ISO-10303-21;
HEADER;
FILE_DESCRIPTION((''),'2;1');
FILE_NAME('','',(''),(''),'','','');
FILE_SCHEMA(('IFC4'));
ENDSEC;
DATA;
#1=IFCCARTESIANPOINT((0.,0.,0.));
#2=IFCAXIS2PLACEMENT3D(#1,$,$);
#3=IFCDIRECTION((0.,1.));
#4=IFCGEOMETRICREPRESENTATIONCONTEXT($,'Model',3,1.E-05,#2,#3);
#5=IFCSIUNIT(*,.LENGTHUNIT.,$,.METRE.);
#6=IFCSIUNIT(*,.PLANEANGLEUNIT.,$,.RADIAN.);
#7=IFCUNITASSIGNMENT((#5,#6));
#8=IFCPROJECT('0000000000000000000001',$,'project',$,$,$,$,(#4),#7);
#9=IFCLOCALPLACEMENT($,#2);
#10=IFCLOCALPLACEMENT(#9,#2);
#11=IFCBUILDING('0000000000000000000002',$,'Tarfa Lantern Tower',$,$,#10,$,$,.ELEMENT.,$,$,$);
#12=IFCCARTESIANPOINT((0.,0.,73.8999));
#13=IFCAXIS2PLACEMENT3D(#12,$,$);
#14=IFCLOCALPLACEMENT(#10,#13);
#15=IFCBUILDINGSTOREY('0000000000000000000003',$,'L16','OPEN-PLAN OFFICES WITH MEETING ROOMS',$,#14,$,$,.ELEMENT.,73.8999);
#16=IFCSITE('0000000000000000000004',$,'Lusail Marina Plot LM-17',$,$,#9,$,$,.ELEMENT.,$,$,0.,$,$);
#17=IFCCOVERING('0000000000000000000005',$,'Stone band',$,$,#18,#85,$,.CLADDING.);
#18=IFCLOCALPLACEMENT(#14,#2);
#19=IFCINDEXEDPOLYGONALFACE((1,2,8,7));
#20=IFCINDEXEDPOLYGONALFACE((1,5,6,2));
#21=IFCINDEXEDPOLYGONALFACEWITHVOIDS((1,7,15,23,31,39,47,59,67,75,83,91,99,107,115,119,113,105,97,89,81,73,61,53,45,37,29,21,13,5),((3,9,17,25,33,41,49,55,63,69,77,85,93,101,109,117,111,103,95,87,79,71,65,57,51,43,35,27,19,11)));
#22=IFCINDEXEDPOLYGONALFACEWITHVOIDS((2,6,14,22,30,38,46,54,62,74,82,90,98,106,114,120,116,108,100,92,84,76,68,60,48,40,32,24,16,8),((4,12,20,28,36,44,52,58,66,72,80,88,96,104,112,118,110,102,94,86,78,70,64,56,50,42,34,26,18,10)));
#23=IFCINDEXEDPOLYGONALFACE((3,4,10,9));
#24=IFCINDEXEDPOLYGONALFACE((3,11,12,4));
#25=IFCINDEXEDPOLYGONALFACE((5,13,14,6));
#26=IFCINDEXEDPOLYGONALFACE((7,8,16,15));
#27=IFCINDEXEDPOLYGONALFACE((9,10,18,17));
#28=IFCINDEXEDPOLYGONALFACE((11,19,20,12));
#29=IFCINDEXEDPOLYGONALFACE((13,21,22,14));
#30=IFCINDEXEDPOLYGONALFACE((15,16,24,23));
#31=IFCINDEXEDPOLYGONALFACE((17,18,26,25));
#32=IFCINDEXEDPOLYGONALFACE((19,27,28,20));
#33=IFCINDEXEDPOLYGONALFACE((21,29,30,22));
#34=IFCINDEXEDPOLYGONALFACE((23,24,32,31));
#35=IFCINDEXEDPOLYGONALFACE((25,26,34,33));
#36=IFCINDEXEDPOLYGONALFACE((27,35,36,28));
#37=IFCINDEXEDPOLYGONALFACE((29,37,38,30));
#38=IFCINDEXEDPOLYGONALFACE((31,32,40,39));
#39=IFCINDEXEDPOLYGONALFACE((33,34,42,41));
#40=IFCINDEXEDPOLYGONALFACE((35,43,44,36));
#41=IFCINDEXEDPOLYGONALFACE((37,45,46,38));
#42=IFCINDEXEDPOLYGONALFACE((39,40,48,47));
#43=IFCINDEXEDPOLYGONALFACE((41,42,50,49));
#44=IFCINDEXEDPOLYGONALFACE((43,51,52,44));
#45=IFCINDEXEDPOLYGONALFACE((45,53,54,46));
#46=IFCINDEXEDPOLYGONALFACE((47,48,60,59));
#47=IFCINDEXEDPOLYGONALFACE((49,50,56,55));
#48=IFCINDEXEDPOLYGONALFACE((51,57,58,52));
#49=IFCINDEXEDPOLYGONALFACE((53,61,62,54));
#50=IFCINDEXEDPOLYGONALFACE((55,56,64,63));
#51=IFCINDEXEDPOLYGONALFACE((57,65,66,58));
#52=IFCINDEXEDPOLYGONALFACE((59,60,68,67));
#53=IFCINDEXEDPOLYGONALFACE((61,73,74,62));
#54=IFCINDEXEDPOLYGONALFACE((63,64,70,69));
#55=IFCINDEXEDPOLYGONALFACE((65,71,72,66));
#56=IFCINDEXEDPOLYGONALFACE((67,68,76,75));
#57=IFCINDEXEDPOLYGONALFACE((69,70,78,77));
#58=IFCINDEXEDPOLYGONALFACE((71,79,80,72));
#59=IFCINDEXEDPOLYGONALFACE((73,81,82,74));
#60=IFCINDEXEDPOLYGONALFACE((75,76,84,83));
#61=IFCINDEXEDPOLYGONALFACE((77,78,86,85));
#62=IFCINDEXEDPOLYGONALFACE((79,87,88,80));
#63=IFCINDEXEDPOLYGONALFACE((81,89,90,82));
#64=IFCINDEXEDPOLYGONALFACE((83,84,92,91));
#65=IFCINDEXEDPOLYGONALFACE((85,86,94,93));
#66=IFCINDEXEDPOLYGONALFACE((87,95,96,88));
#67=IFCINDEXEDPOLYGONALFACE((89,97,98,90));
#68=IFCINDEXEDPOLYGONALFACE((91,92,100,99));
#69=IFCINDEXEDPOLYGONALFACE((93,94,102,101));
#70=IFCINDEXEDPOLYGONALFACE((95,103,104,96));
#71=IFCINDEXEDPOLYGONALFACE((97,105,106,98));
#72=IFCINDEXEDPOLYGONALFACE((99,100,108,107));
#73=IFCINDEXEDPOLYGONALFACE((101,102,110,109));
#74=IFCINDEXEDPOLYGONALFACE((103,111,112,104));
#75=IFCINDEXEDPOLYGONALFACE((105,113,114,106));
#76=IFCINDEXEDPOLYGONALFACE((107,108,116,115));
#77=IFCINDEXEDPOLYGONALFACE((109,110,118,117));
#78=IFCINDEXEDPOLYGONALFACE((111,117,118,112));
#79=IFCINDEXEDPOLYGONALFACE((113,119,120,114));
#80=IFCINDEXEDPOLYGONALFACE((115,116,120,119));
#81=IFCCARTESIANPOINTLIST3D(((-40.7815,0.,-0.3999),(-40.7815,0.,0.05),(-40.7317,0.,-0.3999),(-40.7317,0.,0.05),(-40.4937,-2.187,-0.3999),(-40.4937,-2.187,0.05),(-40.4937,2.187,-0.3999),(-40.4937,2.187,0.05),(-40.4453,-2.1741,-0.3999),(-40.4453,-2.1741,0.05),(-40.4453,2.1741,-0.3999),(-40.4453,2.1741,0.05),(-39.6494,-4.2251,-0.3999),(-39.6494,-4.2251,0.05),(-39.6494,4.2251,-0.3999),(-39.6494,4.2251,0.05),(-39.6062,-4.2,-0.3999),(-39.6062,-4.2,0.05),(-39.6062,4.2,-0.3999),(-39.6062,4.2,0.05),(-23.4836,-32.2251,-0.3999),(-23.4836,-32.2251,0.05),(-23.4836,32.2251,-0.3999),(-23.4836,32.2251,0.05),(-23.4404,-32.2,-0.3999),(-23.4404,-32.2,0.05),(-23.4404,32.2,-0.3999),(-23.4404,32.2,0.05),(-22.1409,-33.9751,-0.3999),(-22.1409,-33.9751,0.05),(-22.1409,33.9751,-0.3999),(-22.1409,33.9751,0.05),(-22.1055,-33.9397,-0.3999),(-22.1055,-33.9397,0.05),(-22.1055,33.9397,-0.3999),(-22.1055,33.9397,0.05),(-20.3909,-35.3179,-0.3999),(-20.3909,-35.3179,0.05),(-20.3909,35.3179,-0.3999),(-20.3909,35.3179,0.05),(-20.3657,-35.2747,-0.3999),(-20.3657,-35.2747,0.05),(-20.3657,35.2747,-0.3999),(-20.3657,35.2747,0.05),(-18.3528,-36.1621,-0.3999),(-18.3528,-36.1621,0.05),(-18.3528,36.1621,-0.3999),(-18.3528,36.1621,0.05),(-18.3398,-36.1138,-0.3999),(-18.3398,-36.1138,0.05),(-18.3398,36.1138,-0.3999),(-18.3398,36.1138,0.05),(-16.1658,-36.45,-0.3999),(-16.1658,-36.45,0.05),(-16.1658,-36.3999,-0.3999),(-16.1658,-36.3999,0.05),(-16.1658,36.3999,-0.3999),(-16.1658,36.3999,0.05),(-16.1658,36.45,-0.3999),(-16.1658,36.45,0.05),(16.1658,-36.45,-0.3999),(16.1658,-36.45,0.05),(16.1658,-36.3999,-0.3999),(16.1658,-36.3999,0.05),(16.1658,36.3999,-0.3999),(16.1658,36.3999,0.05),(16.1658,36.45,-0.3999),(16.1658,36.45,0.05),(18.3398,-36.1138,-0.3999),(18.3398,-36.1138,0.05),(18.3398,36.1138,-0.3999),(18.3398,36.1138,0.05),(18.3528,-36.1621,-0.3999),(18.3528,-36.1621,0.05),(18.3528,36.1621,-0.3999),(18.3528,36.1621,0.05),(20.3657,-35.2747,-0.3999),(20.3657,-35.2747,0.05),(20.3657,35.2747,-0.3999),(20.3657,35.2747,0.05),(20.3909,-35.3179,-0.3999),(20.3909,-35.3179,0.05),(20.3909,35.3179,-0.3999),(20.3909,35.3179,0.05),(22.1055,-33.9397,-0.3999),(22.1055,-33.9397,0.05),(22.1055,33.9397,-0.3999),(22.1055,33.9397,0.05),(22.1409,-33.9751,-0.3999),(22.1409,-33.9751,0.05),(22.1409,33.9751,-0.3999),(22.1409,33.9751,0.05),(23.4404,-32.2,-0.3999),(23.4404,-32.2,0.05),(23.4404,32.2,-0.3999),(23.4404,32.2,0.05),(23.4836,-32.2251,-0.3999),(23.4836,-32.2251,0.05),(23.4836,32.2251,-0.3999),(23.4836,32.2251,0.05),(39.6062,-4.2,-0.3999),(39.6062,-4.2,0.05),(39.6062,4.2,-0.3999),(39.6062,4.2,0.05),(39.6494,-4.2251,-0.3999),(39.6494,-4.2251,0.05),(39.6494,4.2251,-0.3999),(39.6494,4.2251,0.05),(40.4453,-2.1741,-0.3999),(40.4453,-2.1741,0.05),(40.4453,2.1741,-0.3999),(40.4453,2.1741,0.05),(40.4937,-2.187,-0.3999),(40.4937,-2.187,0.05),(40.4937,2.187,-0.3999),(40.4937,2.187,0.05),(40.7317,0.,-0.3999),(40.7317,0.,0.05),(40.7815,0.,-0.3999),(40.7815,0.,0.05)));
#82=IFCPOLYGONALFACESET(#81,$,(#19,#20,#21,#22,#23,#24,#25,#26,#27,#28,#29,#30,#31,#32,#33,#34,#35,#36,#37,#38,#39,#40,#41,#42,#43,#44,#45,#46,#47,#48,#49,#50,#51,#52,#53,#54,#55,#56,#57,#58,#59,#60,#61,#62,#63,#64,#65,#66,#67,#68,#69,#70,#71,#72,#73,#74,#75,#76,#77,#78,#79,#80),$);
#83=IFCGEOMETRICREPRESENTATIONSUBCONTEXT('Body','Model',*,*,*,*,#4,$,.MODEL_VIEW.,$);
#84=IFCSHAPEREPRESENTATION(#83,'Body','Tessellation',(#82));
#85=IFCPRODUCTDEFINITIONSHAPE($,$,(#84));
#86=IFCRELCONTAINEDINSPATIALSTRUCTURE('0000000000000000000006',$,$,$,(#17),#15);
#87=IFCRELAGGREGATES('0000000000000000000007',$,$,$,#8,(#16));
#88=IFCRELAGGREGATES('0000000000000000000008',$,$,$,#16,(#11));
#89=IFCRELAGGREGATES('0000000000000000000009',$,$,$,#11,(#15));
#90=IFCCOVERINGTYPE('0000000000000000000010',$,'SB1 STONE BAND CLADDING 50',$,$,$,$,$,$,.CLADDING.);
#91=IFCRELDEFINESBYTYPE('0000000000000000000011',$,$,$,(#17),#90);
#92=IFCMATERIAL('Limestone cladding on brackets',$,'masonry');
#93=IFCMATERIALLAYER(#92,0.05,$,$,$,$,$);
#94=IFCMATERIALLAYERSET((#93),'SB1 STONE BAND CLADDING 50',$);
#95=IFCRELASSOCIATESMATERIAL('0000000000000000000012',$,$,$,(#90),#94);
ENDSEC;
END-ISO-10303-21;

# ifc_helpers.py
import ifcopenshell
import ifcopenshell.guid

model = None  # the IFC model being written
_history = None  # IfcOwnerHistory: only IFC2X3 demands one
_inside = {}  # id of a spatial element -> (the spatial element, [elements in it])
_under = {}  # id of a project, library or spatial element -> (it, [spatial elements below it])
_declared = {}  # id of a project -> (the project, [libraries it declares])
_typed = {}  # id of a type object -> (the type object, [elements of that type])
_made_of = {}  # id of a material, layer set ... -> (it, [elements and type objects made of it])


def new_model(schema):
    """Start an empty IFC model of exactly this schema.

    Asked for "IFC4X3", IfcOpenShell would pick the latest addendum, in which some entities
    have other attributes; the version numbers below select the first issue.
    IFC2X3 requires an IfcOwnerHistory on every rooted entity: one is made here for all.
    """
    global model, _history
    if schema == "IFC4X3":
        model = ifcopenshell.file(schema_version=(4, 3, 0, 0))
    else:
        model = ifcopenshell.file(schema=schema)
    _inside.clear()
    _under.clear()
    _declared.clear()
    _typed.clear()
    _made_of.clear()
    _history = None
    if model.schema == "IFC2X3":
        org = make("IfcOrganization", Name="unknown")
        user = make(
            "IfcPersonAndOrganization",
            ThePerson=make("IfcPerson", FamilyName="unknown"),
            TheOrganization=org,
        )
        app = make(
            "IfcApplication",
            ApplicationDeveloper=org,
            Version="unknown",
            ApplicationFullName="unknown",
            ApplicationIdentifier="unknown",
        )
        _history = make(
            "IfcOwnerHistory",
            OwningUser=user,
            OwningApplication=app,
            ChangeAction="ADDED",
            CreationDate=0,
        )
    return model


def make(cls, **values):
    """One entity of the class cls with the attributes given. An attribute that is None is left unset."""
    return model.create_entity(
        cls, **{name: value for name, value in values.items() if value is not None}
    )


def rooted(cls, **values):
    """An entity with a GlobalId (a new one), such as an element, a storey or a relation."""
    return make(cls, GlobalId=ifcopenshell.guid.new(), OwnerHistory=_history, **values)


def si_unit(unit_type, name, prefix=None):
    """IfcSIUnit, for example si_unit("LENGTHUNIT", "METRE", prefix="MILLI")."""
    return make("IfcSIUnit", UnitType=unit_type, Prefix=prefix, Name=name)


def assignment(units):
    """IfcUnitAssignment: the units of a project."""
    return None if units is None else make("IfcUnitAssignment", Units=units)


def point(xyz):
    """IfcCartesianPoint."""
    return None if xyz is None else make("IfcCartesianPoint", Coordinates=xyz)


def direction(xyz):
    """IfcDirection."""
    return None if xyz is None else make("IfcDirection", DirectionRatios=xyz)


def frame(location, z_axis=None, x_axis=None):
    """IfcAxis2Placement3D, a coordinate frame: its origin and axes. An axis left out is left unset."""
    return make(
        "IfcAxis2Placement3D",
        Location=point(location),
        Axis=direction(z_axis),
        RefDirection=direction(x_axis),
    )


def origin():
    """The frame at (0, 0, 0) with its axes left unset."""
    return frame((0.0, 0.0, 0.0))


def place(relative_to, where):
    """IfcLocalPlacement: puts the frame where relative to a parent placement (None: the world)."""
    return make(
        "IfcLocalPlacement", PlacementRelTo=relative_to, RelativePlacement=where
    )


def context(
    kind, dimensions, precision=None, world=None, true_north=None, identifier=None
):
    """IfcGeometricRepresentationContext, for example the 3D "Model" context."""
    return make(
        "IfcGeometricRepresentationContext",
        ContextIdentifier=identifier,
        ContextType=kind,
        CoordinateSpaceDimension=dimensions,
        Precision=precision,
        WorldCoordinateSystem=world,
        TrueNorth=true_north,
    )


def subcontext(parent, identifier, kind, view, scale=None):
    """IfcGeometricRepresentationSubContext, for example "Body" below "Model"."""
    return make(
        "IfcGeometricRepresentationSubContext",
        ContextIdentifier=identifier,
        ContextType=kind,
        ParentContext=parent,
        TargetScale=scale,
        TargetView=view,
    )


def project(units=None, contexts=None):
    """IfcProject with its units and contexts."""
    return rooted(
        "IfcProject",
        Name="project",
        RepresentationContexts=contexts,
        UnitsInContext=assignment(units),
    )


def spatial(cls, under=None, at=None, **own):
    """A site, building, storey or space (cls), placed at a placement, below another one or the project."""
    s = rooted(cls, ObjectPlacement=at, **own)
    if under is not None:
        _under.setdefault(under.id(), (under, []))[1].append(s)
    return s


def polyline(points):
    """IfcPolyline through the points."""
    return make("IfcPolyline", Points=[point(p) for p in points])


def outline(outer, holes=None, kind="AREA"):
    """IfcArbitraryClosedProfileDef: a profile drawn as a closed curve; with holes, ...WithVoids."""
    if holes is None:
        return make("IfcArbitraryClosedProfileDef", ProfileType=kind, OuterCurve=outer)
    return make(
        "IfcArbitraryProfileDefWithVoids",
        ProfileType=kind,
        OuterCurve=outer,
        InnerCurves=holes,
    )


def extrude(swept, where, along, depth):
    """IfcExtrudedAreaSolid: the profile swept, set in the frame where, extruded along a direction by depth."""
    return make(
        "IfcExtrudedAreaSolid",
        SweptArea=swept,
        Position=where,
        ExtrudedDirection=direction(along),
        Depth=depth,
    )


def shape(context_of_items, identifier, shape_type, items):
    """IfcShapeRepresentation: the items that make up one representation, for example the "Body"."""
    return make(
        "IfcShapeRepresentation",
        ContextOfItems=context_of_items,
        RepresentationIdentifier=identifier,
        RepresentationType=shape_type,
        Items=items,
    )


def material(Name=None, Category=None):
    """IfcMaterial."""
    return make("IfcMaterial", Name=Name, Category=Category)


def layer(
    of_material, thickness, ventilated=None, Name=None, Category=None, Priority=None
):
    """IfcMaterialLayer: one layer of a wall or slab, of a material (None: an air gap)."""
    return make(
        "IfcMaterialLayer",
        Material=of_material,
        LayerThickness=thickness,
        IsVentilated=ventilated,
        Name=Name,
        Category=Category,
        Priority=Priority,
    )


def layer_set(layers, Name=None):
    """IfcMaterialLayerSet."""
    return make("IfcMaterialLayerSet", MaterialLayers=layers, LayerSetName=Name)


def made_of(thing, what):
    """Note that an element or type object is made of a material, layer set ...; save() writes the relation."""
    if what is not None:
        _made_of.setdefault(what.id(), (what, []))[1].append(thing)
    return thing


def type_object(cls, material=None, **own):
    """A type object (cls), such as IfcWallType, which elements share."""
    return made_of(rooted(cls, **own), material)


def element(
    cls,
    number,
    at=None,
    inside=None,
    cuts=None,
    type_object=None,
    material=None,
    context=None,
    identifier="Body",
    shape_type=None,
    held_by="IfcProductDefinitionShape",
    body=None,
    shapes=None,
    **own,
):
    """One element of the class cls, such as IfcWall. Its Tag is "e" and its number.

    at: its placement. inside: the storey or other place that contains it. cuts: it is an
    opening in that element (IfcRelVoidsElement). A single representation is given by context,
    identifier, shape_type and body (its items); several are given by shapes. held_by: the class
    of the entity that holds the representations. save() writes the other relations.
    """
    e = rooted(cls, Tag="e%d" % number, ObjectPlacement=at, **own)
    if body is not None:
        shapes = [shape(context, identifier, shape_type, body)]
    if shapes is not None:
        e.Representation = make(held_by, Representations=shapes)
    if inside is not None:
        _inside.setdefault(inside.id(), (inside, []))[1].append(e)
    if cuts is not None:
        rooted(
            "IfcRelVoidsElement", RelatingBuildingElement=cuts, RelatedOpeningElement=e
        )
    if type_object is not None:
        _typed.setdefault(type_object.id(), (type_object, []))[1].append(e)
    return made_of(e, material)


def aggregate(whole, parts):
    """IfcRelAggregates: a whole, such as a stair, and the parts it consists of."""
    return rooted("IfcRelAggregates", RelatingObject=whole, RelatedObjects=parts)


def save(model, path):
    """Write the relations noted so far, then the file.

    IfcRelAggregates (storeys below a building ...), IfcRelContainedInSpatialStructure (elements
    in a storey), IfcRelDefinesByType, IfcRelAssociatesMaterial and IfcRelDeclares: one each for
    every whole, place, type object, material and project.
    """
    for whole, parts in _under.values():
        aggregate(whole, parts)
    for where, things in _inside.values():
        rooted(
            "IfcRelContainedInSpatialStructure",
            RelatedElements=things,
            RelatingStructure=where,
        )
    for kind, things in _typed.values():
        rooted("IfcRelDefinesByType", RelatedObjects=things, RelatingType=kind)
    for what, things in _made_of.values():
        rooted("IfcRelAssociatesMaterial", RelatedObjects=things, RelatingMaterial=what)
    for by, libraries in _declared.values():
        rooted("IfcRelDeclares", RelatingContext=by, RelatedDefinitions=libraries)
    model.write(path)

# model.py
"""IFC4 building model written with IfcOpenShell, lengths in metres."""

from ifc_helpers import new_model, si_unit, direction, frame, origin, place, context, subcontext, project, spatial, polyline, outline, extrude, material, layer, layer_set, type_object, element, save


model = new_model("IFC4")

# Units and contexts
model_context = context("Model", 3, precision=1e-05, world=origin(), true_north=direction((0.0, 1.0)))
body_context = subcontext(model_context, "Body", "Model", "MODEL_VIEW")
ifc_project = project(units=[si_unit("LENGTHUNIT", "METRE"), si_unit("PLANEANGLEUNIT", "RADIAN")], contexts=[model_context])

# Site, building, storey
site_placement = place(None, origin())
site = spatial("IfcSite", under=ifc_project, at=site_placement, Name="Lusail Marina Plot LM-17", CompositionType="ELEMENT", RefElevation=0.0)
building_placement = place(site_placement, origin())
building = spatial("IfcBuilding", under=site, at=building_placement, Name="Tarfa Lantern Tower", CompositionType="ELEMENT")
storey_placement = place(building_placement, frame((0.0, 0.0, 73.8999)))
storey = spatial("IfcBuildingStorey", under=building, at=storey_placement, Name="L16", Description="OPEN-PLAN OFFICES WITH MEETING ROOMS", CompositionType="ELEMENT", Elevation=73.8999)

# Covering
ifc_material_1 = material(Name="Limestone cladding on brackets", Category="masonry")
ifc_layer_1 = layer(ifc_material_1, 0.05)
ifc_layer_set_1 = layer_set([ifc_layer_1], Name="SB1 STONE BAND CLADDING 50")
covering_type_1 = type_object("IfcCoveringType", Name="SB1 STONE BAND CLADDING 50", PredefinedType="CLADDING", material=ifc_layer_set_1)
covering_1_placement = place(storey_placement, frame((0.0, 0.0, -0.3999)))
element("IfcCovering", 1, at=covering_1_placement, inside=storey, type_object=covering_type_1, Name="Stone band", PredefinedType="CLADDING", context=body_context, shape_type="SweptSolid", body=[
    extrude(outline(polyline([(39.6494, 4.2251), (23.4836, 32.2251), (22.1409, 33.9751), (20.3909, 35.3179), (18.3528, 36.1621), (16.1658, 36.45), (-16.1658, 36.45), (-18.3528, 36.1621), (-20.3909, 35.3179), (-22.1409, 33.9751), (-23.4836, 32.2251), (-39.6494, 4.2251), (-40.4937, 2.187), (-40.7815, 0.0), (-40.4937, -2.187), (-39.6494, -4.2251), (-23.4836, -32.2251), (-22.1409, -33.9751), (-20.3909, -35.3179), (-18.3528, -36.1621), (-16.1658, -36.45), (16.1658, -36.45), (18.3528, -36.1621), (20.3909, -35.3179), (22.1409, -33.9751), (23.4836, -32.2251), (39.6494, -4.2251), (40.4937, -2.187), (40.7815, 0.0), (40.4937, 2.187), (39.6494, 4.2251)]), holes=[polyline([(39.6062, 4.2), (23.4404, 32.2), (22.1055, 33.9397), (20.3657, 35.2747), (18.3398, 36.1138), (16.1658, 36.3999), (-16.1658, 36.3999), (-18.3398, 36.1138), (-20.3657, 35.2747), (-22.1055, 33.9397), (-23.4404, 32.2), (-39.6062, 4.2), (-40.4453, 2.1741), (-40.7317, 0.0), (-40.4453, -2.1741), (-39.6062, -4.2), (-23.4404, -32.2), (-22.1055, -33.9397), (-20.3657, -35.2747), (-18.3398, -36.1138), (-16.1658, -36.3999), (16.1658, -36.3999), (18.3398, -36.1138), (20.3657, -35.2747), (22.1055, -33.9397), (23.4404, -32.2), (39.6062, -4.2), (40.4453, -2.1741), (40.7317, 0.0), (40.4453, 2.1741), (39.6062, 4.2)])]), origin(), (0.0, 0.0, 1.0), 0.45),
])

save(model, "model.ifc")
